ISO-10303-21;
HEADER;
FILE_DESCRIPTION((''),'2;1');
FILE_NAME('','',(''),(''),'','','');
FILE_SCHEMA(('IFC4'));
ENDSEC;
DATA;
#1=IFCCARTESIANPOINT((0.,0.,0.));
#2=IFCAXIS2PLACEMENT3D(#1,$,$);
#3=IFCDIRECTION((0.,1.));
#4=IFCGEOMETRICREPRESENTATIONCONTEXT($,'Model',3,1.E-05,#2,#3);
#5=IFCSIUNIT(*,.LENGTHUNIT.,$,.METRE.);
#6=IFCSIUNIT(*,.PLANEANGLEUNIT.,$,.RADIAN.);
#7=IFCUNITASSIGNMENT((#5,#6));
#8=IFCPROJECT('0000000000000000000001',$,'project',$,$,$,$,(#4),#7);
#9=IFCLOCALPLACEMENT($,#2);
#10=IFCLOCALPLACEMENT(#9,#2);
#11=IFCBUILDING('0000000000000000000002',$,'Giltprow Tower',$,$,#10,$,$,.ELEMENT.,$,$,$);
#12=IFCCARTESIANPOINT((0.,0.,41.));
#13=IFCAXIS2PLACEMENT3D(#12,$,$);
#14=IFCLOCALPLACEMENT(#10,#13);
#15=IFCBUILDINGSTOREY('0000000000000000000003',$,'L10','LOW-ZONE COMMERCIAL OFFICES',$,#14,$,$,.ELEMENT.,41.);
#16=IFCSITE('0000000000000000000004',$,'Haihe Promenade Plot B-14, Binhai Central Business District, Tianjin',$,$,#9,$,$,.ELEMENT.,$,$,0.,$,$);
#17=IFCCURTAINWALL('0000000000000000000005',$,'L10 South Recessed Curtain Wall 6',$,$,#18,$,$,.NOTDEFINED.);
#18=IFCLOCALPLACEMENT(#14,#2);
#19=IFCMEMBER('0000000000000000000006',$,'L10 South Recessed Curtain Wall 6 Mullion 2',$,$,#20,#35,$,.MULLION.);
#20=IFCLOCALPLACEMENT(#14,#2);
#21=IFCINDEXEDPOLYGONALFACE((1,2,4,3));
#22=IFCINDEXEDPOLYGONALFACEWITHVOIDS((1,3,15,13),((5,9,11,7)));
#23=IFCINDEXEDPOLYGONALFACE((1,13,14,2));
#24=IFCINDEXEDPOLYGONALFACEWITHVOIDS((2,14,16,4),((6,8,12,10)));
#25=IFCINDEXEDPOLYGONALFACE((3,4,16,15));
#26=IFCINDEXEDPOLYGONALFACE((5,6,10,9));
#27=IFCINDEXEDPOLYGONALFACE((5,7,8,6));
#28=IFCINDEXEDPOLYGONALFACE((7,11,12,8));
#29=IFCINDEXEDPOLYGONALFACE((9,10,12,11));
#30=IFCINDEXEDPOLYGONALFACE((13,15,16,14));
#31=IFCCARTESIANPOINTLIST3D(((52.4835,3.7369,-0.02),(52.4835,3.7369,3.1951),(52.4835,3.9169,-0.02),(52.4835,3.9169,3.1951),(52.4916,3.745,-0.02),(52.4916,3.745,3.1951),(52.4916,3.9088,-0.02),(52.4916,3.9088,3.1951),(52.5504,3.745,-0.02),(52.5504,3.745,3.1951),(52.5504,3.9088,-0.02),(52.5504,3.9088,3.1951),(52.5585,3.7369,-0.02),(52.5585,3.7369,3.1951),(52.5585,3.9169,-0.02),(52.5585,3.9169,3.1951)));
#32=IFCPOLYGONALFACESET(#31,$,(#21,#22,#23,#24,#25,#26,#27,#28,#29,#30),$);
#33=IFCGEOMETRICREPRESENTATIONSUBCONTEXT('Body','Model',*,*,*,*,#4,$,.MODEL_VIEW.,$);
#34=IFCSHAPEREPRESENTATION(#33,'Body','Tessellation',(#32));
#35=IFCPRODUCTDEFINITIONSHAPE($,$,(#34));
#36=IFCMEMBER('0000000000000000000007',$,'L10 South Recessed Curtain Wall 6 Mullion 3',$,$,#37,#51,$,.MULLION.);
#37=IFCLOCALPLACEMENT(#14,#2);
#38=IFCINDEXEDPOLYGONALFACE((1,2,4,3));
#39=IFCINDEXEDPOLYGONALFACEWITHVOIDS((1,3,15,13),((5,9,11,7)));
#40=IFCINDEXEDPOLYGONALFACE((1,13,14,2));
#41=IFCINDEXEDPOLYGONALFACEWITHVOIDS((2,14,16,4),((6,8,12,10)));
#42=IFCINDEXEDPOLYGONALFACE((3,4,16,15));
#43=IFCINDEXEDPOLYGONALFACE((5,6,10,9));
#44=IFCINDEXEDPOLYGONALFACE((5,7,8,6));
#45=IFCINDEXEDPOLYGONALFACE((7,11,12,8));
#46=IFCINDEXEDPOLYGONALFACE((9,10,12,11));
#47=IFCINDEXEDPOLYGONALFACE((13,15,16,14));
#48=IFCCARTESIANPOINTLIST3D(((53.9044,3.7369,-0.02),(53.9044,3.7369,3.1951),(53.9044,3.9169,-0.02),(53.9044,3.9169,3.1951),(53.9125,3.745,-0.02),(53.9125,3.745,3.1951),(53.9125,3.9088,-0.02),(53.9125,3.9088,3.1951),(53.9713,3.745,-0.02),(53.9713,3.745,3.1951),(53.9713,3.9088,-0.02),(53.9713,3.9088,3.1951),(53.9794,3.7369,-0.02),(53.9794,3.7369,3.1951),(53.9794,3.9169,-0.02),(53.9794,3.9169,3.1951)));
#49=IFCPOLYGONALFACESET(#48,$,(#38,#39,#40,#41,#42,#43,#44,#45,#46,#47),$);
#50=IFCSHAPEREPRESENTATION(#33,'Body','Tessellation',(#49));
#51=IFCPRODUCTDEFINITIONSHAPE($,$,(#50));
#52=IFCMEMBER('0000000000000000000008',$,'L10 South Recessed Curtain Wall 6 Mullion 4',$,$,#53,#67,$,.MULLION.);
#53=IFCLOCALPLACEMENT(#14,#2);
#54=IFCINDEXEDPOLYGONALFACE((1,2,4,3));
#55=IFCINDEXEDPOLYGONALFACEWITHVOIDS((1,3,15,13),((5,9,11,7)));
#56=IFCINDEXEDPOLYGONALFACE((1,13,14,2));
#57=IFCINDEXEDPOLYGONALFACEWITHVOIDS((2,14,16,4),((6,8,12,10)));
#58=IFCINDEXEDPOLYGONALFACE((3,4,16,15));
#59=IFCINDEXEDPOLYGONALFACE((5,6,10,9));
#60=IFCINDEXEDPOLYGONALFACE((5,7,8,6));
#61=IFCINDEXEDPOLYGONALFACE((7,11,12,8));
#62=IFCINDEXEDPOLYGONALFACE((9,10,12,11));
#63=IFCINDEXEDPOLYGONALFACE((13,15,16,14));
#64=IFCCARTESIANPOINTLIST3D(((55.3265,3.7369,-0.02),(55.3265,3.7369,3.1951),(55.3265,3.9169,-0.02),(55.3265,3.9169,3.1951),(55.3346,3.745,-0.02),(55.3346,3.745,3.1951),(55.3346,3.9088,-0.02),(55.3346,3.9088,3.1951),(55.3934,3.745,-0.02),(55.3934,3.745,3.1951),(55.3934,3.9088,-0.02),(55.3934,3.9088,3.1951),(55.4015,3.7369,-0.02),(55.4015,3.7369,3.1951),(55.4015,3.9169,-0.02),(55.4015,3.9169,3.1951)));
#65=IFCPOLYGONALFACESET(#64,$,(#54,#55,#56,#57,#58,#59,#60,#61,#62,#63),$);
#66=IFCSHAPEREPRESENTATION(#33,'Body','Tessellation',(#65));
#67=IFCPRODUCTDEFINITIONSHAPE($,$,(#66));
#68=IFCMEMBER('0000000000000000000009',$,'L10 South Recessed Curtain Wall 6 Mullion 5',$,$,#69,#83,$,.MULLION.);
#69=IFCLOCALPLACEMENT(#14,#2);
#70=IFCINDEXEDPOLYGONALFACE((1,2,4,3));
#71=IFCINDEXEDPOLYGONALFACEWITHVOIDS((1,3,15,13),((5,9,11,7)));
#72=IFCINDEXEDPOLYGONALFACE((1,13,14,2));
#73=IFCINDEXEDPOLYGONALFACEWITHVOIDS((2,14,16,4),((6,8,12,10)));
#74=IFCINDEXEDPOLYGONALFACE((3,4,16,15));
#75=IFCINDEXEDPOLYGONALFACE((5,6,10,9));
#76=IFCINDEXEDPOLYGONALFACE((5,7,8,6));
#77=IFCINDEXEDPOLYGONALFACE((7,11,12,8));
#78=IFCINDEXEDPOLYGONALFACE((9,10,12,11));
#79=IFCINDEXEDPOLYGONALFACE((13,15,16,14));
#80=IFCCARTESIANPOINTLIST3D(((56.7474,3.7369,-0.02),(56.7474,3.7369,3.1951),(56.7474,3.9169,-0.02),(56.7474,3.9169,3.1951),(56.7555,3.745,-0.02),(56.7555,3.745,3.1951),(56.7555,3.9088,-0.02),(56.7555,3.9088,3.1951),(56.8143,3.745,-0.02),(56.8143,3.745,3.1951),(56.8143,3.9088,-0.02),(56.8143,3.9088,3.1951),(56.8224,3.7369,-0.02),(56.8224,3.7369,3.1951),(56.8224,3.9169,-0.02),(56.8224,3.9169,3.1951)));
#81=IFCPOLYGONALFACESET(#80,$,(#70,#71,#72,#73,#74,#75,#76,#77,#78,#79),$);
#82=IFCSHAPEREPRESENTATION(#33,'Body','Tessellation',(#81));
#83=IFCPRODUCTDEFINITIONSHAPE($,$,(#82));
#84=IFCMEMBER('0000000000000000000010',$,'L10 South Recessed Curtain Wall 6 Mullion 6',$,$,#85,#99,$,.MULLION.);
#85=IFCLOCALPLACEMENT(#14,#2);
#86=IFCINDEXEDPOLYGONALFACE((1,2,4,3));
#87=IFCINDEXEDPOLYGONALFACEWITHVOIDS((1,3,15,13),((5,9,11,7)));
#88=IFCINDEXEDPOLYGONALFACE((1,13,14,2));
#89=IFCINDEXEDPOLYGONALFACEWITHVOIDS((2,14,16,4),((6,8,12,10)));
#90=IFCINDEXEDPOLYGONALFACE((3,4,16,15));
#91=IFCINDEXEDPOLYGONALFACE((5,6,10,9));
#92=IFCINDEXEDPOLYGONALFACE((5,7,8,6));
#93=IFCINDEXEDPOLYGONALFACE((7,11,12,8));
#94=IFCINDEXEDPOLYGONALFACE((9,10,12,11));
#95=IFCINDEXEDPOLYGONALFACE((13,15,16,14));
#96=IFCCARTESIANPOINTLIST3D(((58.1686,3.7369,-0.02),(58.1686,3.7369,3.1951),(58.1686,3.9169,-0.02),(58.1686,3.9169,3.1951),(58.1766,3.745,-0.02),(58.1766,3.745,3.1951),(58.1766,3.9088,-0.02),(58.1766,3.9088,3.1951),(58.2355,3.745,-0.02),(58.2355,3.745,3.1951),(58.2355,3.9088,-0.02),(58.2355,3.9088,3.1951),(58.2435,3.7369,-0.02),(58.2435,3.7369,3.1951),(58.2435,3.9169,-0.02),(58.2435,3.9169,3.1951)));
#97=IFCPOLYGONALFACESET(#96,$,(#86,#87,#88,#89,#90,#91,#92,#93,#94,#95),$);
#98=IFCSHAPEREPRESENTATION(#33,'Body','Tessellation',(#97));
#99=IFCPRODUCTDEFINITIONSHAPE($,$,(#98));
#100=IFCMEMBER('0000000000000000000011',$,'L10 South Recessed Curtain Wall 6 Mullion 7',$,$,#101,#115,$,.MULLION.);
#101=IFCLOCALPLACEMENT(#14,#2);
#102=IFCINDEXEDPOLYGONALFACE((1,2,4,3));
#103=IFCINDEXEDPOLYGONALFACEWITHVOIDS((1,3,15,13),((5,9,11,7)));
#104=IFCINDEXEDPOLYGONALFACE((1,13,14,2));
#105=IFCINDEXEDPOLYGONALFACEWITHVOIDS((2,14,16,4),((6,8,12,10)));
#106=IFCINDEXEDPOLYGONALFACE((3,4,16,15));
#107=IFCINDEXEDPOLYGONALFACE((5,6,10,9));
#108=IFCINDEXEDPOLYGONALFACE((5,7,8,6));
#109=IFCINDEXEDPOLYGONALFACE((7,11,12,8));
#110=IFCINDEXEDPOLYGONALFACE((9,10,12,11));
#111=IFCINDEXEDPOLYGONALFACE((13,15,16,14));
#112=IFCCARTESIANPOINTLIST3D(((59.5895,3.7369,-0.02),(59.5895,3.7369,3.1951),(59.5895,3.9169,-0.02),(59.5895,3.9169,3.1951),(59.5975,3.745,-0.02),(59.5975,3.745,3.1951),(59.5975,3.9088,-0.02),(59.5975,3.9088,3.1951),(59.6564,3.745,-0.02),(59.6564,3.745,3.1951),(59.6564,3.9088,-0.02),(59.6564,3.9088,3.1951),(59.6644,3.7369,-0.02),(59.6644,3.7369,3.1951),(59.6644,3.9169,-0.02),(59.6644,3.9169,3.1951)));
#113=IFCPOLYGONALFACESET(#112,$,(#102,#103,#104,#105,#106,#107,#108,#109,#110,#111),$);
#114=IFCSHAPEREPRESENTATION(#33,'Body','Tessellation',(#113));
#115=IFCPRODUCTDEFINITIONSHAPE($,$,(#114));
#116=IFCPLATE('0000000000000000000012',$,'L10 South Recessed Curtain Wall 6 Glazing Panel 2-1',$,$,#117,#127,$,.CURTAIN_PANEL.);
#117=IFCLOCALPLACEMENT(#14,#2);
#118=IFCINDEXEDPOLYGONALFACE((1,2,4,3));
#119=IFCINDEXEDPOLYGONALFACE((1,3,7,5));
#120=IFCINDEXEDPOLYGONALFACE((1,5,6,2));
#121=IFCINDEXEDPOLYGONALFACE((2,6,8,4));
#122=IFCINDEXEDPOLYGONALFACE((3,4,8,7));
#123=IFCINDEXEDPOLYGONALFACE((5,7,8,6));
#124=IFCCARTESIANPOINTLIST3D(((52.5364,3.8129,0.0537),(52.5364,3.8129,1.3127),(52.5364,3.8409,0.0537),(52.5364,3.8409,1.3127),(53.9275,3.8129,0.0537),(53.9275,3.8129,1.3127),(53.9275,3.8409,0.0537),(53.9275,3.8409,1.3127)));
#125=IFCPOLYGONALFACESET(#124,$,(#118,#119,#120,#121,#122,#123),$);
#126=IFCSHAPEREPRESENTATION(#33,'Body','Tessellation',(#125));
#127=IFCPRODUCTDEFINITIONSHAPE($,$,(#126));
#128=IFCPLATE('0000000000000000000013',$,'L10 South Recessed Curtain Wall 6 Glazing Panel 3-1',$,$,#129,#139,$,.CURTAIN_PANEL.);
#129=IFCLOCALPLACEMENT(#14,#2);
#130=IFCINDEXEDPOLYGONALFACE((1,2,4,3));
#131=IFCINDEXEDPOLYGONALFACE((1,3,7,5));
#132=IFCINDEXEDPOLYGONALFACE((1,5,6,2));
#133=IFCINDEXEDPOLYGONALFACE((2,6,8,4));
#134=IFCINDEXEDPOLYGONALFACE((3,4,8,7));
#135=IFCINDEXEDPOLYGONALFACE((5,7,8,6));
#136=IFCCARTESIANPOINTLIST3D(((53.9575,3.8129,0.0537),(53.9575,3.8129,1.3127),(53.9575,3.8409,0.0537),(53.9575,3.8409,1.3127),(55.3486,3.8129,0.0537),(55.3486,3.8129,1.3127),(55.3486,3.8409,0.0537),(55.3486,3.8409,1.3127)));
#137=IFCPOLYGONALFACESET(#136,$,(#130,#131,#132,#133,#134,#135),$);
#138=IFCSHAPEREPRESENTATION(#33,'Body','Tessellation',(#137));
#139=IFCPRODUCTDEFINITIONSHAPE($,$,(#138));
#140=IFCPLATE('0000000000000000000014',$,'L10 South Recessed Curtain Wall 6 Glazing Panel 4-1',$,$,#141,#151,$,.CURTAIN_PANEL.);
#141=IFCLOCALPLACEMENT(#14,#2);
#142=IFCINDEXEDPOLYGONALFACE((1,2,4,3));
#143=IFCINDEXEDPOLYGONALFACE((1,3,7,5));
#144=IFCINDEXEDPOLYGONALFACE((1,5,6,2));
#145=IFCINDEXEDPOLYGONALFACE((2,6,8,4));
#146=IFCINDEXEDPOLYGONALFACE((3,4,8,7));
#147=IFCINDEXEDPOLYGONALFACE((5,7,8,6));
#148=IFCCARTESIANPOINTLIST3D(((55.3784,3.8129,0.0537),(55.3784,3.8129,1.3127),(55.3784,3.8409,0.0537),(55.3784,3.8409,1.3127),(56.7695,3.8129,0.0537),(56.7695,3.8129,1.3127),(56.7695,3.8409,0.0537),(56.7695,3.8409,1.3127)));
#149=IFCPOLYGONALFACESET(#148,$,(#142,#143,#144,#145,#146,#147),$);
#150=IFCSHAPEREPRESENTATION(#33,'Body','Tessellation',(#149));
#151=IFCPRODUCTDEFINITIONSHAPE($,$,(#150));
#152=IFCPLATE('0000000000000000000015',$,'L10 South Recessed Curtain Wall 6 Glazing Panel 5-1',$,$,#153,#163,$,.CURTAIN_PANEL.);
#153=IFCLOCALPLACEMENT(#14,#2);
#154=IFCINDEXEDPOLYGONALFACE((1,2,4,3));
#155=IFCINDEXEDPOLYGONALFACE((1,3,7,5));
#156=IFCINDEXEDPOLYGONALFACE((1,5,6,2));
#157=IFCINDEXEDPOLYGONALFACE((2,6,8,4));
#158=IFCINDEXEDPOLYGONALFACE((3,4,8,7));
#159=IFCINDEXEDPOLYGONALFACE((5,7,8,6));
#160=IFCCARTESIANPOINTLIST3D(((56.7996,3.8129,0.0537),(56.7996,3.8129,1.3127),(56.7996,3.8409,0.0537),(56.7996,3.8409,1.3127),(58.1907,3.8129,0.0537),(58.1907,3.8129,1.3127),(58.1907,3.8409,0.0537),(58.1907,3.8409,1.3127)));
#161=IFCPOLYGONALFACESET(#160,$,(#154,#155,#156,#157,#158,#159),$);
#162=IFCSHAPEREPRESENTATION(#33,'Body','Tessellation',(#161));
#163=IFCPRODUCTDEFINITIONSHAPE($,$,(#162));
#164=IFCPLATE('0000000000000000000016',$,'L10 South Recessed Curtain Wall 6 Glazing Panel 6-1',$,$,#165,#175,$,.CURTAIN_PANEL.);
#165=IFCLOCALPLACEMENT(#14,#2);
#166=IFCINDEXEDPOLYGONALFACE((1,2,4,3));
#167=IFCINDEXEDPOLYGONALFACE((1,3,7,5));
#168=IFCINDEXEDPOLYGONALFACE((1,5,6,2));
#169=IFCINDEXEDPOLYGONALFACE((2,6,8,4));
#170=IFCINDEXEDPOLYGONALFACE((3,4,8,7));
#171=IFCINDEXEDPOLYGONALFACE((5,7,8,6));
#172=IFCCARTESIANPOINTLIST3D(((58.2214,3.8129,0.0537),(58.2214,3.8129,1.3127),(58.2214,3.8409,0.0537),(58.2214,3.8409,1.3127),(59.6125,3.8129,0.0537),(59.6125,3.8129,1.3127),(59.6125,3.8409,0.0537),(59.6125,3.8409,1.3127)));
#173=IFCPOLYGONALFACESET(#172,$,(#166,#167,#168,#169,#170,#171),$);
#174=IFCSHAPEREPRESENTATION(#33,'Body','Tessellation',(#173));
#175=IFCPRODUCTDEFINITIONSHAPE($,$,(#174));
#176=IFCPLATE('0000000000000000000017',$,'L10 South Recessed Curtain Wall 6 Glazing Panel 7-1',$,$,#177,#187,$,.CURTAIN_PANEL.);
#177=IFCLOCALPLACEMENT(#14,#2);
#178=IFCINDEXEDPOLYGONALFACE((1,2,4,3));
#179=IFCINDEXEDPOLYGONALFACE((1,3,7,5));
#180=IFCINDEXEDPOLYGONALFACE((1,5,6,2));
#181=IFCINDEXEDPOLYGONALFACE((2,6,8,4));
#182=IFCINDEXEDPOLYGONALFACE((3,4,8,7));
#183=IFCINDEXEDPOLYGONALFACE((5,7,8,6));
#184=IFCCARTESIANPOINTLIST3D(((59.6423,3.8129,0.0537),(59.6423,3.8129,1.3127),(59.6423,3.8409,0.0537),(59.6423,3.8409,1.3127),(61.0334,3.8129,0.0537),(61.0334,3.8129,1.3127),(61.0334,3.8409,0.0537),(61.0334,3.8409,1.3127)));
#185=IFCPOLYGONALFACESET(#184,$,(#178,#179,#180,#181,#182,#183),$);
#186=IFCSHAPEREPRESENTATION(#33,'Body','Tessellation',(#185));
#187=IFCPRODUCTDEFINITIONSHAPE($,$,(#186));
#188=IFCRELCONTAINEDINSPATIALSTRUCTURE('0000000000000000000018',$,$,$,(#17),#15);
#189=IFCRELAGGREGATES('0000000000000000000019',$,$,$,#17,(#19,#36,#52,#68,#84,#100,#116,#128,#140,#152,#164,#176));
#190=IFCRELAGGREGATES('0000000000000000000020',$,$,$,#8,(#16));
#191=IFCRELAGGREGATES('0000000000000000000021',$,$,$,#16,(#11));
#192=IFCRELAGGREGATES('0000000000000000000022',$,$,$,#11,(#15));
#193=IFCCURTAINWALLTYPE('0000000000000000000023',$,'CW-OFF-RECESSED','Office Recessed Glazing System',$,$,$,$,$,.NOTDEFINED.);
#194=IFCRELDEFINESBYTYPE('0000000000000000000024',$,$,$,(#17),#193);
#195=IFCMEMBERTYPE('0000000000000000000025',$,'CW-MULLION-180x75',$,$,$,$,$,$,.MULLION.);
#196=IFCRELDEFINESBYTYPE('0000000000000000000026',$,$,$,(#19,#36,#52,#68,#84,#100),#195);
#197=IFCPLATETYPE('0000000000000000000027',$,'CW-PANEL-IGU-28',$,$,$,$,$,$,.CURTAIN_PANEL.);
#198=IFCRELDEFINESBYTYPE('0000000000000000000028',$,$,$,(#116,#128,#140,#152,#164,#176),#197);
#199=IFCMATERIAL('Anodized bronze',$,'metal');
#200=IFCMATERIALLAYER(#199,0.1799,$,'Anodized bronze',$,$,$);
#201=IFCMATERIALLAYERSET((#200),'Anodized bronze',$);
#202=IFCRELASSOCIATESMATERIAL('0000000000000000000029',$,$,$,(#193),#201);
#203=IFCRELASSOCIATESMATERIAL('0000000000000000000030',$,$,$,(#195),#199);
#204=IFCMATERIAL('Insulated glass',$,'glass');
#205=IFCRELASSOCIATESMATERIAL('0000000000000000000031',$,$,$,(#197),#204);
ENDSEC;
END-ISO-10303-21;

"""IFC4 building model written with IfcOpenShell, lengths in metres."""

from ifc_helpers import new_model, si_unit, direction, frame, origin, origin_2d, place, context, subcontext, project, spatial, rectangle, hollow_rectangle, extrude, source, transform, mapped, material, layer, layer_set, material_profile, profile_set, type_object, element, aggregate, save


model = new_model("IFC4")

# Units and contexts
model_context = context("Model", 3, precision=1e-05, world=origin(), true_north=direction((0.0, 1.0)))
body_context = subcontext(model_context, "Body", "Model", "MODEL_VIEW")
ifc_project = project(units=[si_unit("LENGTHUNIT", "METRE"), si_unit("PLANEANGLEUNIT", "RADIAN")], contexts=[model_context])

# Site, building, storey
site_placement = place(None, origin())
site = spatial("IfcSite", under=ifc_project, at=site_placement, Name="Haihe Promenade Plot B-14, Binhai Central Business District, Tianjin", CompositionType="ELEMENT", RefElevation=0.0)
building_placement = place(site_placement, origin())
building = spatial("IfcBuilding", under=site, at=building_placement, Name="Giltprow Tower", CompositionType="ELEMENT")
storey_placement = place(building_placement, frame((0.0, 0.0, 41.0)))
storey = spatial("IfcBuildingStorey", under=building, at=storey_placement, Name="L10", Description="LOW-ZONE COMMERCIAL OFFICES", CompositionType="ELEMENT", Elevation=41.0)

# Curtain wall, members, plates
ifc_material_1 = material(Name="Anodized bronze", Category="metal")
ifc_layer = layer(ifc_material_1, 0.1799, Name="Anodized bronze")
ifc_layer_set = layer_set([ifc_layer], Name="Anodized bronze")
curtain_wall_type = type_object("IfcCurtainWallType", Name="CW-OFF-RECESSED", Description="Office Recessed Glazing System", PredefinedType="NOTDEFINED", material=ifc_layer_set)
curtain_wall_placement = place(storey_placement, origin())
curtain_wall = element("IfcCurtainWall", 1, at=curtain_wall_placement, inside=storey, type_object=curtain_wall_type, Name="L10 South Recessed Curtain Wall 6", PredefinedType="NOTDEFINED")
ifc_material_profile = material_profile(ifc_material_1, hollow_rectangle(XDim=0.075, YDim=0.1799, WallThickness=0.0081, at=origin_2d()), Name="RHS 180x75x8")
ifc_profile_set = profile_set([ifc_material_profile], Name="Anodized bronze")
member_type = type_object("IfcMemberType", Name="CW-MULLION-180x75", PredefinedType="MULLION", material=ifc_profile_set)
shared_shape_1 = source(origin(), body_context, "Body", "SweptSolid", [
    extrude(hollow_rectangle(XDim=0.075, YDim=0.1799, WallThickness=0.0081, at=origin_2d()), origin(), (0.0, 0.0, 1.0), 3.2151),
])
member_1_placement = place(storey_placement, frame((52.521, 3.8269, -0.02), z_axis=(0.0, 0.0, 1.0), x_axis=(1.0, 0.0, 0.0)))
member_1 = element("IfcMember", 2, at=member_1_placement, type_object=member_type, Name="L10 South Recessed Curtain Wall 6 Mullion 2", PredefinedType="MULLION", context=body_context, shape_type="MappedRepresentation", body=[
    mapped(shared_shape_1, transform((0.0, 0.0, 0.0), x_axis=(1.0, 0.0, 0.0), y_axis=(0.0, 1.0, 0.0), z_axis=(0.0, 0.0, 1.0), scale=1.0)),
])
member_2_placement = place(storey_placement, frame((53.9419, 3.8269, -0.02), z_axis=(0.0, 0.0, 1.0), x_axis=(1.0, 0.0, 0.0)))
member_2 = element("IfcMember", 3, at=member_2_placement, type_object=member_type, Name="L10 South Recessed Curtain Wall 6 Mullion 3", PredefinedType="MULLION", context=body_context, shape_type="MappedRepresentation", body=[
    mapped(shared_shape_1, transform((0.0, 0.0, 0.0), x_axis=(1.0, 0.0, 0.0), y_axis=(0.0, 1.0, 0.0), z_axis=(0.0, 0.0, 1.0), scale=1.0)),
])
member_3_placement = place(storey_placement, frame((55.364, 3.8269, -0.02), z_axis=(0.0, 0.0, 1.0), x_axis=(1.0, 0.0, 0.0)))
member_3 = element("IfcMember", 4, at=member_3_placement, type_object=member_type, Name="L10 South Recessed Curtain Wall 6 Mullion 4", PredefinedType="MULLION", context=body_context, shape_type="MappedRepresentation", body=[
    mapped(shared_shape_1, transform((0.0, 0.0, 0.0), x_axis=(1.0, 0.0, 0.0), y_axis=(0.0, 1.0, 0.0), z_axis=(0.0, 0.0, 1.0), scale=1.0)),
])
member_4_placement = place(storey_placement, frame((56.7849, 3.8269, -0.02), z_axis=(0.0, 0.0, 1.0), x_axis=(1.0, 0.0, 0.0)))
member_4 = element("IfcMember", 5, at=member_4_placement, type_object=member_type, Name="L10 South Recessed Curtain Wall 6 Mullion 5", PredefinedType="MULLION", context=body_context, shape_type="MappedRepresentation", body=[
    mapped(shared_shape_1, transform((0.0, 0.0, 0.0), x_axis=(1.0, 0.0, 0.0), y_axis=(0.0, 1.0, 0.0), z_axis=(0.0, 0.0, 1.0), scale=1.0)),
])
member_5_placement = place(storey_placement, frame((58.2061, 3.8269, -0.02), z_axis=(0.0, 0.0, 1.0), x_axis=(1.0, 0.0, 0.0)))
member_5 = element("IfcMember", 6, at=member_5_placement, type_object=member_type, Name="L10 South Recessed Curtain Wall 6 Mullion 6", PredefinedType="MULLION", context=body_context, shape_type="MappedRepresentation", body=[
    mapped(shared_shape_1, transform((0.0, 0.0, 0.0), x_axis=(1.0, 0.0, 0.0), y_axis=(0.0, 1.0, 0.0), z_axis=(0.0, 0.0, 1.0), scale=1.0)),
])
member_6_placement = place(storey_placement, frame((59.627, 3.8269, -0.02), z_axis=(0.0, 0.0, 1.0), x_axis=(1.0, 0.0, 0.0)))
member_6 = element("IfcMember", 7, at=member_6_placement, type_object=member_type, Name="L10 South Recessed Curtain Wall 6 Mullion 7", PredefinedType="MULLION", context=body_context, shape_type="MappedRepresentation", body=[
    mapped(shared_shape_1, transform((0.0, 0.0, 0.0), x_axis=(1.0, 0.0, 0.0), y_axis=(0.0, 1.0, 0.0), z_axis=(0.0, 0.0, 1.0), scale=1.0)),
])
ifc_material_2 = material(Name="Insulated glass", Category="glass")
plate_type = type_object("IfcPlateType", Name="CW-PANEL-IGU-28", PredefinedType="CURTAIN_PANEL", material=ifc_material_2)
shared_shape_2 = source(origin(), body_context, "Body", "SweptSolid", [
    extrude(rectangle(XDim=1.3911, YDim=0.0281, at=origin_2d()), origin(), (0.0, 0.0, 1.0), 1.259),
])
plate_1_placement = place(storey_placement, frame((53.2319, 3.8269, 0.0537), z_axis=(0.0, 0.0, 1.0), x_axis=(1.0, 0.0, 0.0)))
plate_1 = element("IfcPlate", 8, at=plate_1_placement, type_object=plate_type, Name="L10 South Recessed Curtain Wall 6 Glazing Panel 2-1", PredefinedType="CURTAIN_PANEL", context=body_context, shape_type="MappedRepresentation", body=[
    mapped(shared_shape_2, transform((0.0, 0.0, 0.0), x_axis=(1.0, 0.0, 0.0), y_axis=(0.0, 1.0, 0.0), z_axis=(0.0, 0.0, 1.0), scale=1.0)),
])
plate_2_placement = place(storey_placement, frame((54.6531, 3.8269, 0.0537), z_axis=(0.0, 0.0, 1.0), x_axis=(1.0, 0.0, 0.0)))
plate_2 = element("IfcPlate", 9, at=plate_2_placement, type_object=plate_type, Name="L10 South Recessed Curtain Wall 6 Glazing Panel 3-1", PredefinedType="CURTAIN_PANEL", context=body_context, shape_type="MappedRepresentation", body=[
    mapped(shared_shape_2, transform((0.0, 0.0, 0.0), x_axis=(1.0, 0.0, 0.0), y_axis=(0.0, 1.0, 0.0), z_axis=(0.0, 0.0, 1.0), scale=1.0)),
])
plate_3_placement = place(storey_placement, frame((56.074, 3.8269, 0.0537), z_axis=(0.0, 0.0, 1.0), x_axis=(1.0, 0.0, 0.0)))
plate_3 = element("IfcPlate", 10, at=plate_3_placement, type_object=plate_type, Name="L10 South Recessed Curtain Wall 6 Glazing Panel 4-1", PredefinedType="CURTAIN_PANEL", context=body_context, shape_type="MappedRepresentation", body=[
    mapped(shared_shape_2, transform((0.0, 0.0, 0.0), x_axis=(1.0, 0.0, 0.0), y_axis=(0.0, 1.0, 0.0), z_axis=(0.0, 0.0, 1.0), scale=1.0)),
])
plate_4_placement = place(storey_placement, frame((57.4951, 3.8269, 0.0537), z_axis=(0.0, 0.0, 1.0), x_axis=(1.0, 0.0, 0.0)))
plate_4 = element("IfcPlate", 11, at=plate_4_placement, type_object=plate_type, Name="L10 South Recessed Curtain Wall 6 Glazing Panel 5-1", PredefinedType="CURTAIN_PANEL", context=body_context, shape_type="MappedRepresentation", body=[
    mapped(shared_shape_2, transform((0.0, 0.0, 0.0), x_axis=(1.0, 0.0, 0.0), y_axis=(0.0, 1.0, 0.0), z_axis=(0.0, 0.0, 1.0), scale=1.0)),
])
plate_5_placement = place(storey_placement, frame((58.917, 3.8269, 0.0537), z_axis=(0.0, 0.0, 1.0), x_axis=(1.0, 0.0, 0.0)))
plate_5 = element("IfcPlate", 12, at=plate_5_placement, type_object=plate_type, Name="L10 South Recessed Curtain Wall 6 Glazing Panel 6-1", PredefinedType="CURTAIN_PANEL", context=body_context, shape_type="MappedRepresentation", body=[
    mapped(shared_shape_2, transform((0.0, 0.0, 0.0), x_axis=(1.0, 0.0, 0.0), y_axis=(0.0, 1.0, 0.0), z_axis=(0.0, 0.0, 1.0), scale=1.0)),
])
plate_6_placement = place(storey_placement, frame((60.3379, 3.8269, 0.0537), z_axis=(0.0, 0.0, 1.0), x_axis=(1.0, 0.0, 0.0)))
plate_6 = element("IfcPlate", 13, at=plate_6_placement, type_object=plate_type, Name="L10 South Recessed Curtain Wall 6 Glazing Panel 7-1", PredefinedType="CURTAIN_PANEL", context=body_context, shape_type="MappedRepresentation", body=[
    mapped(shared_shape_2, transform((0.0, 0.0, 0.0), x_axis=(1.0, 0.0, 0.0), y_axis=(0.0, 1.0, 0.0), z_axis=(0.0, 0.0, 1.0), scale=1.0)),
])
aggregate(curtain_wall, [member_1, member_2, member_3, member_4, member_5, member_6, plate_1, plate_2, plate_3, plate_4, plate_5, plate_6])

save(model, "model.ifc")
